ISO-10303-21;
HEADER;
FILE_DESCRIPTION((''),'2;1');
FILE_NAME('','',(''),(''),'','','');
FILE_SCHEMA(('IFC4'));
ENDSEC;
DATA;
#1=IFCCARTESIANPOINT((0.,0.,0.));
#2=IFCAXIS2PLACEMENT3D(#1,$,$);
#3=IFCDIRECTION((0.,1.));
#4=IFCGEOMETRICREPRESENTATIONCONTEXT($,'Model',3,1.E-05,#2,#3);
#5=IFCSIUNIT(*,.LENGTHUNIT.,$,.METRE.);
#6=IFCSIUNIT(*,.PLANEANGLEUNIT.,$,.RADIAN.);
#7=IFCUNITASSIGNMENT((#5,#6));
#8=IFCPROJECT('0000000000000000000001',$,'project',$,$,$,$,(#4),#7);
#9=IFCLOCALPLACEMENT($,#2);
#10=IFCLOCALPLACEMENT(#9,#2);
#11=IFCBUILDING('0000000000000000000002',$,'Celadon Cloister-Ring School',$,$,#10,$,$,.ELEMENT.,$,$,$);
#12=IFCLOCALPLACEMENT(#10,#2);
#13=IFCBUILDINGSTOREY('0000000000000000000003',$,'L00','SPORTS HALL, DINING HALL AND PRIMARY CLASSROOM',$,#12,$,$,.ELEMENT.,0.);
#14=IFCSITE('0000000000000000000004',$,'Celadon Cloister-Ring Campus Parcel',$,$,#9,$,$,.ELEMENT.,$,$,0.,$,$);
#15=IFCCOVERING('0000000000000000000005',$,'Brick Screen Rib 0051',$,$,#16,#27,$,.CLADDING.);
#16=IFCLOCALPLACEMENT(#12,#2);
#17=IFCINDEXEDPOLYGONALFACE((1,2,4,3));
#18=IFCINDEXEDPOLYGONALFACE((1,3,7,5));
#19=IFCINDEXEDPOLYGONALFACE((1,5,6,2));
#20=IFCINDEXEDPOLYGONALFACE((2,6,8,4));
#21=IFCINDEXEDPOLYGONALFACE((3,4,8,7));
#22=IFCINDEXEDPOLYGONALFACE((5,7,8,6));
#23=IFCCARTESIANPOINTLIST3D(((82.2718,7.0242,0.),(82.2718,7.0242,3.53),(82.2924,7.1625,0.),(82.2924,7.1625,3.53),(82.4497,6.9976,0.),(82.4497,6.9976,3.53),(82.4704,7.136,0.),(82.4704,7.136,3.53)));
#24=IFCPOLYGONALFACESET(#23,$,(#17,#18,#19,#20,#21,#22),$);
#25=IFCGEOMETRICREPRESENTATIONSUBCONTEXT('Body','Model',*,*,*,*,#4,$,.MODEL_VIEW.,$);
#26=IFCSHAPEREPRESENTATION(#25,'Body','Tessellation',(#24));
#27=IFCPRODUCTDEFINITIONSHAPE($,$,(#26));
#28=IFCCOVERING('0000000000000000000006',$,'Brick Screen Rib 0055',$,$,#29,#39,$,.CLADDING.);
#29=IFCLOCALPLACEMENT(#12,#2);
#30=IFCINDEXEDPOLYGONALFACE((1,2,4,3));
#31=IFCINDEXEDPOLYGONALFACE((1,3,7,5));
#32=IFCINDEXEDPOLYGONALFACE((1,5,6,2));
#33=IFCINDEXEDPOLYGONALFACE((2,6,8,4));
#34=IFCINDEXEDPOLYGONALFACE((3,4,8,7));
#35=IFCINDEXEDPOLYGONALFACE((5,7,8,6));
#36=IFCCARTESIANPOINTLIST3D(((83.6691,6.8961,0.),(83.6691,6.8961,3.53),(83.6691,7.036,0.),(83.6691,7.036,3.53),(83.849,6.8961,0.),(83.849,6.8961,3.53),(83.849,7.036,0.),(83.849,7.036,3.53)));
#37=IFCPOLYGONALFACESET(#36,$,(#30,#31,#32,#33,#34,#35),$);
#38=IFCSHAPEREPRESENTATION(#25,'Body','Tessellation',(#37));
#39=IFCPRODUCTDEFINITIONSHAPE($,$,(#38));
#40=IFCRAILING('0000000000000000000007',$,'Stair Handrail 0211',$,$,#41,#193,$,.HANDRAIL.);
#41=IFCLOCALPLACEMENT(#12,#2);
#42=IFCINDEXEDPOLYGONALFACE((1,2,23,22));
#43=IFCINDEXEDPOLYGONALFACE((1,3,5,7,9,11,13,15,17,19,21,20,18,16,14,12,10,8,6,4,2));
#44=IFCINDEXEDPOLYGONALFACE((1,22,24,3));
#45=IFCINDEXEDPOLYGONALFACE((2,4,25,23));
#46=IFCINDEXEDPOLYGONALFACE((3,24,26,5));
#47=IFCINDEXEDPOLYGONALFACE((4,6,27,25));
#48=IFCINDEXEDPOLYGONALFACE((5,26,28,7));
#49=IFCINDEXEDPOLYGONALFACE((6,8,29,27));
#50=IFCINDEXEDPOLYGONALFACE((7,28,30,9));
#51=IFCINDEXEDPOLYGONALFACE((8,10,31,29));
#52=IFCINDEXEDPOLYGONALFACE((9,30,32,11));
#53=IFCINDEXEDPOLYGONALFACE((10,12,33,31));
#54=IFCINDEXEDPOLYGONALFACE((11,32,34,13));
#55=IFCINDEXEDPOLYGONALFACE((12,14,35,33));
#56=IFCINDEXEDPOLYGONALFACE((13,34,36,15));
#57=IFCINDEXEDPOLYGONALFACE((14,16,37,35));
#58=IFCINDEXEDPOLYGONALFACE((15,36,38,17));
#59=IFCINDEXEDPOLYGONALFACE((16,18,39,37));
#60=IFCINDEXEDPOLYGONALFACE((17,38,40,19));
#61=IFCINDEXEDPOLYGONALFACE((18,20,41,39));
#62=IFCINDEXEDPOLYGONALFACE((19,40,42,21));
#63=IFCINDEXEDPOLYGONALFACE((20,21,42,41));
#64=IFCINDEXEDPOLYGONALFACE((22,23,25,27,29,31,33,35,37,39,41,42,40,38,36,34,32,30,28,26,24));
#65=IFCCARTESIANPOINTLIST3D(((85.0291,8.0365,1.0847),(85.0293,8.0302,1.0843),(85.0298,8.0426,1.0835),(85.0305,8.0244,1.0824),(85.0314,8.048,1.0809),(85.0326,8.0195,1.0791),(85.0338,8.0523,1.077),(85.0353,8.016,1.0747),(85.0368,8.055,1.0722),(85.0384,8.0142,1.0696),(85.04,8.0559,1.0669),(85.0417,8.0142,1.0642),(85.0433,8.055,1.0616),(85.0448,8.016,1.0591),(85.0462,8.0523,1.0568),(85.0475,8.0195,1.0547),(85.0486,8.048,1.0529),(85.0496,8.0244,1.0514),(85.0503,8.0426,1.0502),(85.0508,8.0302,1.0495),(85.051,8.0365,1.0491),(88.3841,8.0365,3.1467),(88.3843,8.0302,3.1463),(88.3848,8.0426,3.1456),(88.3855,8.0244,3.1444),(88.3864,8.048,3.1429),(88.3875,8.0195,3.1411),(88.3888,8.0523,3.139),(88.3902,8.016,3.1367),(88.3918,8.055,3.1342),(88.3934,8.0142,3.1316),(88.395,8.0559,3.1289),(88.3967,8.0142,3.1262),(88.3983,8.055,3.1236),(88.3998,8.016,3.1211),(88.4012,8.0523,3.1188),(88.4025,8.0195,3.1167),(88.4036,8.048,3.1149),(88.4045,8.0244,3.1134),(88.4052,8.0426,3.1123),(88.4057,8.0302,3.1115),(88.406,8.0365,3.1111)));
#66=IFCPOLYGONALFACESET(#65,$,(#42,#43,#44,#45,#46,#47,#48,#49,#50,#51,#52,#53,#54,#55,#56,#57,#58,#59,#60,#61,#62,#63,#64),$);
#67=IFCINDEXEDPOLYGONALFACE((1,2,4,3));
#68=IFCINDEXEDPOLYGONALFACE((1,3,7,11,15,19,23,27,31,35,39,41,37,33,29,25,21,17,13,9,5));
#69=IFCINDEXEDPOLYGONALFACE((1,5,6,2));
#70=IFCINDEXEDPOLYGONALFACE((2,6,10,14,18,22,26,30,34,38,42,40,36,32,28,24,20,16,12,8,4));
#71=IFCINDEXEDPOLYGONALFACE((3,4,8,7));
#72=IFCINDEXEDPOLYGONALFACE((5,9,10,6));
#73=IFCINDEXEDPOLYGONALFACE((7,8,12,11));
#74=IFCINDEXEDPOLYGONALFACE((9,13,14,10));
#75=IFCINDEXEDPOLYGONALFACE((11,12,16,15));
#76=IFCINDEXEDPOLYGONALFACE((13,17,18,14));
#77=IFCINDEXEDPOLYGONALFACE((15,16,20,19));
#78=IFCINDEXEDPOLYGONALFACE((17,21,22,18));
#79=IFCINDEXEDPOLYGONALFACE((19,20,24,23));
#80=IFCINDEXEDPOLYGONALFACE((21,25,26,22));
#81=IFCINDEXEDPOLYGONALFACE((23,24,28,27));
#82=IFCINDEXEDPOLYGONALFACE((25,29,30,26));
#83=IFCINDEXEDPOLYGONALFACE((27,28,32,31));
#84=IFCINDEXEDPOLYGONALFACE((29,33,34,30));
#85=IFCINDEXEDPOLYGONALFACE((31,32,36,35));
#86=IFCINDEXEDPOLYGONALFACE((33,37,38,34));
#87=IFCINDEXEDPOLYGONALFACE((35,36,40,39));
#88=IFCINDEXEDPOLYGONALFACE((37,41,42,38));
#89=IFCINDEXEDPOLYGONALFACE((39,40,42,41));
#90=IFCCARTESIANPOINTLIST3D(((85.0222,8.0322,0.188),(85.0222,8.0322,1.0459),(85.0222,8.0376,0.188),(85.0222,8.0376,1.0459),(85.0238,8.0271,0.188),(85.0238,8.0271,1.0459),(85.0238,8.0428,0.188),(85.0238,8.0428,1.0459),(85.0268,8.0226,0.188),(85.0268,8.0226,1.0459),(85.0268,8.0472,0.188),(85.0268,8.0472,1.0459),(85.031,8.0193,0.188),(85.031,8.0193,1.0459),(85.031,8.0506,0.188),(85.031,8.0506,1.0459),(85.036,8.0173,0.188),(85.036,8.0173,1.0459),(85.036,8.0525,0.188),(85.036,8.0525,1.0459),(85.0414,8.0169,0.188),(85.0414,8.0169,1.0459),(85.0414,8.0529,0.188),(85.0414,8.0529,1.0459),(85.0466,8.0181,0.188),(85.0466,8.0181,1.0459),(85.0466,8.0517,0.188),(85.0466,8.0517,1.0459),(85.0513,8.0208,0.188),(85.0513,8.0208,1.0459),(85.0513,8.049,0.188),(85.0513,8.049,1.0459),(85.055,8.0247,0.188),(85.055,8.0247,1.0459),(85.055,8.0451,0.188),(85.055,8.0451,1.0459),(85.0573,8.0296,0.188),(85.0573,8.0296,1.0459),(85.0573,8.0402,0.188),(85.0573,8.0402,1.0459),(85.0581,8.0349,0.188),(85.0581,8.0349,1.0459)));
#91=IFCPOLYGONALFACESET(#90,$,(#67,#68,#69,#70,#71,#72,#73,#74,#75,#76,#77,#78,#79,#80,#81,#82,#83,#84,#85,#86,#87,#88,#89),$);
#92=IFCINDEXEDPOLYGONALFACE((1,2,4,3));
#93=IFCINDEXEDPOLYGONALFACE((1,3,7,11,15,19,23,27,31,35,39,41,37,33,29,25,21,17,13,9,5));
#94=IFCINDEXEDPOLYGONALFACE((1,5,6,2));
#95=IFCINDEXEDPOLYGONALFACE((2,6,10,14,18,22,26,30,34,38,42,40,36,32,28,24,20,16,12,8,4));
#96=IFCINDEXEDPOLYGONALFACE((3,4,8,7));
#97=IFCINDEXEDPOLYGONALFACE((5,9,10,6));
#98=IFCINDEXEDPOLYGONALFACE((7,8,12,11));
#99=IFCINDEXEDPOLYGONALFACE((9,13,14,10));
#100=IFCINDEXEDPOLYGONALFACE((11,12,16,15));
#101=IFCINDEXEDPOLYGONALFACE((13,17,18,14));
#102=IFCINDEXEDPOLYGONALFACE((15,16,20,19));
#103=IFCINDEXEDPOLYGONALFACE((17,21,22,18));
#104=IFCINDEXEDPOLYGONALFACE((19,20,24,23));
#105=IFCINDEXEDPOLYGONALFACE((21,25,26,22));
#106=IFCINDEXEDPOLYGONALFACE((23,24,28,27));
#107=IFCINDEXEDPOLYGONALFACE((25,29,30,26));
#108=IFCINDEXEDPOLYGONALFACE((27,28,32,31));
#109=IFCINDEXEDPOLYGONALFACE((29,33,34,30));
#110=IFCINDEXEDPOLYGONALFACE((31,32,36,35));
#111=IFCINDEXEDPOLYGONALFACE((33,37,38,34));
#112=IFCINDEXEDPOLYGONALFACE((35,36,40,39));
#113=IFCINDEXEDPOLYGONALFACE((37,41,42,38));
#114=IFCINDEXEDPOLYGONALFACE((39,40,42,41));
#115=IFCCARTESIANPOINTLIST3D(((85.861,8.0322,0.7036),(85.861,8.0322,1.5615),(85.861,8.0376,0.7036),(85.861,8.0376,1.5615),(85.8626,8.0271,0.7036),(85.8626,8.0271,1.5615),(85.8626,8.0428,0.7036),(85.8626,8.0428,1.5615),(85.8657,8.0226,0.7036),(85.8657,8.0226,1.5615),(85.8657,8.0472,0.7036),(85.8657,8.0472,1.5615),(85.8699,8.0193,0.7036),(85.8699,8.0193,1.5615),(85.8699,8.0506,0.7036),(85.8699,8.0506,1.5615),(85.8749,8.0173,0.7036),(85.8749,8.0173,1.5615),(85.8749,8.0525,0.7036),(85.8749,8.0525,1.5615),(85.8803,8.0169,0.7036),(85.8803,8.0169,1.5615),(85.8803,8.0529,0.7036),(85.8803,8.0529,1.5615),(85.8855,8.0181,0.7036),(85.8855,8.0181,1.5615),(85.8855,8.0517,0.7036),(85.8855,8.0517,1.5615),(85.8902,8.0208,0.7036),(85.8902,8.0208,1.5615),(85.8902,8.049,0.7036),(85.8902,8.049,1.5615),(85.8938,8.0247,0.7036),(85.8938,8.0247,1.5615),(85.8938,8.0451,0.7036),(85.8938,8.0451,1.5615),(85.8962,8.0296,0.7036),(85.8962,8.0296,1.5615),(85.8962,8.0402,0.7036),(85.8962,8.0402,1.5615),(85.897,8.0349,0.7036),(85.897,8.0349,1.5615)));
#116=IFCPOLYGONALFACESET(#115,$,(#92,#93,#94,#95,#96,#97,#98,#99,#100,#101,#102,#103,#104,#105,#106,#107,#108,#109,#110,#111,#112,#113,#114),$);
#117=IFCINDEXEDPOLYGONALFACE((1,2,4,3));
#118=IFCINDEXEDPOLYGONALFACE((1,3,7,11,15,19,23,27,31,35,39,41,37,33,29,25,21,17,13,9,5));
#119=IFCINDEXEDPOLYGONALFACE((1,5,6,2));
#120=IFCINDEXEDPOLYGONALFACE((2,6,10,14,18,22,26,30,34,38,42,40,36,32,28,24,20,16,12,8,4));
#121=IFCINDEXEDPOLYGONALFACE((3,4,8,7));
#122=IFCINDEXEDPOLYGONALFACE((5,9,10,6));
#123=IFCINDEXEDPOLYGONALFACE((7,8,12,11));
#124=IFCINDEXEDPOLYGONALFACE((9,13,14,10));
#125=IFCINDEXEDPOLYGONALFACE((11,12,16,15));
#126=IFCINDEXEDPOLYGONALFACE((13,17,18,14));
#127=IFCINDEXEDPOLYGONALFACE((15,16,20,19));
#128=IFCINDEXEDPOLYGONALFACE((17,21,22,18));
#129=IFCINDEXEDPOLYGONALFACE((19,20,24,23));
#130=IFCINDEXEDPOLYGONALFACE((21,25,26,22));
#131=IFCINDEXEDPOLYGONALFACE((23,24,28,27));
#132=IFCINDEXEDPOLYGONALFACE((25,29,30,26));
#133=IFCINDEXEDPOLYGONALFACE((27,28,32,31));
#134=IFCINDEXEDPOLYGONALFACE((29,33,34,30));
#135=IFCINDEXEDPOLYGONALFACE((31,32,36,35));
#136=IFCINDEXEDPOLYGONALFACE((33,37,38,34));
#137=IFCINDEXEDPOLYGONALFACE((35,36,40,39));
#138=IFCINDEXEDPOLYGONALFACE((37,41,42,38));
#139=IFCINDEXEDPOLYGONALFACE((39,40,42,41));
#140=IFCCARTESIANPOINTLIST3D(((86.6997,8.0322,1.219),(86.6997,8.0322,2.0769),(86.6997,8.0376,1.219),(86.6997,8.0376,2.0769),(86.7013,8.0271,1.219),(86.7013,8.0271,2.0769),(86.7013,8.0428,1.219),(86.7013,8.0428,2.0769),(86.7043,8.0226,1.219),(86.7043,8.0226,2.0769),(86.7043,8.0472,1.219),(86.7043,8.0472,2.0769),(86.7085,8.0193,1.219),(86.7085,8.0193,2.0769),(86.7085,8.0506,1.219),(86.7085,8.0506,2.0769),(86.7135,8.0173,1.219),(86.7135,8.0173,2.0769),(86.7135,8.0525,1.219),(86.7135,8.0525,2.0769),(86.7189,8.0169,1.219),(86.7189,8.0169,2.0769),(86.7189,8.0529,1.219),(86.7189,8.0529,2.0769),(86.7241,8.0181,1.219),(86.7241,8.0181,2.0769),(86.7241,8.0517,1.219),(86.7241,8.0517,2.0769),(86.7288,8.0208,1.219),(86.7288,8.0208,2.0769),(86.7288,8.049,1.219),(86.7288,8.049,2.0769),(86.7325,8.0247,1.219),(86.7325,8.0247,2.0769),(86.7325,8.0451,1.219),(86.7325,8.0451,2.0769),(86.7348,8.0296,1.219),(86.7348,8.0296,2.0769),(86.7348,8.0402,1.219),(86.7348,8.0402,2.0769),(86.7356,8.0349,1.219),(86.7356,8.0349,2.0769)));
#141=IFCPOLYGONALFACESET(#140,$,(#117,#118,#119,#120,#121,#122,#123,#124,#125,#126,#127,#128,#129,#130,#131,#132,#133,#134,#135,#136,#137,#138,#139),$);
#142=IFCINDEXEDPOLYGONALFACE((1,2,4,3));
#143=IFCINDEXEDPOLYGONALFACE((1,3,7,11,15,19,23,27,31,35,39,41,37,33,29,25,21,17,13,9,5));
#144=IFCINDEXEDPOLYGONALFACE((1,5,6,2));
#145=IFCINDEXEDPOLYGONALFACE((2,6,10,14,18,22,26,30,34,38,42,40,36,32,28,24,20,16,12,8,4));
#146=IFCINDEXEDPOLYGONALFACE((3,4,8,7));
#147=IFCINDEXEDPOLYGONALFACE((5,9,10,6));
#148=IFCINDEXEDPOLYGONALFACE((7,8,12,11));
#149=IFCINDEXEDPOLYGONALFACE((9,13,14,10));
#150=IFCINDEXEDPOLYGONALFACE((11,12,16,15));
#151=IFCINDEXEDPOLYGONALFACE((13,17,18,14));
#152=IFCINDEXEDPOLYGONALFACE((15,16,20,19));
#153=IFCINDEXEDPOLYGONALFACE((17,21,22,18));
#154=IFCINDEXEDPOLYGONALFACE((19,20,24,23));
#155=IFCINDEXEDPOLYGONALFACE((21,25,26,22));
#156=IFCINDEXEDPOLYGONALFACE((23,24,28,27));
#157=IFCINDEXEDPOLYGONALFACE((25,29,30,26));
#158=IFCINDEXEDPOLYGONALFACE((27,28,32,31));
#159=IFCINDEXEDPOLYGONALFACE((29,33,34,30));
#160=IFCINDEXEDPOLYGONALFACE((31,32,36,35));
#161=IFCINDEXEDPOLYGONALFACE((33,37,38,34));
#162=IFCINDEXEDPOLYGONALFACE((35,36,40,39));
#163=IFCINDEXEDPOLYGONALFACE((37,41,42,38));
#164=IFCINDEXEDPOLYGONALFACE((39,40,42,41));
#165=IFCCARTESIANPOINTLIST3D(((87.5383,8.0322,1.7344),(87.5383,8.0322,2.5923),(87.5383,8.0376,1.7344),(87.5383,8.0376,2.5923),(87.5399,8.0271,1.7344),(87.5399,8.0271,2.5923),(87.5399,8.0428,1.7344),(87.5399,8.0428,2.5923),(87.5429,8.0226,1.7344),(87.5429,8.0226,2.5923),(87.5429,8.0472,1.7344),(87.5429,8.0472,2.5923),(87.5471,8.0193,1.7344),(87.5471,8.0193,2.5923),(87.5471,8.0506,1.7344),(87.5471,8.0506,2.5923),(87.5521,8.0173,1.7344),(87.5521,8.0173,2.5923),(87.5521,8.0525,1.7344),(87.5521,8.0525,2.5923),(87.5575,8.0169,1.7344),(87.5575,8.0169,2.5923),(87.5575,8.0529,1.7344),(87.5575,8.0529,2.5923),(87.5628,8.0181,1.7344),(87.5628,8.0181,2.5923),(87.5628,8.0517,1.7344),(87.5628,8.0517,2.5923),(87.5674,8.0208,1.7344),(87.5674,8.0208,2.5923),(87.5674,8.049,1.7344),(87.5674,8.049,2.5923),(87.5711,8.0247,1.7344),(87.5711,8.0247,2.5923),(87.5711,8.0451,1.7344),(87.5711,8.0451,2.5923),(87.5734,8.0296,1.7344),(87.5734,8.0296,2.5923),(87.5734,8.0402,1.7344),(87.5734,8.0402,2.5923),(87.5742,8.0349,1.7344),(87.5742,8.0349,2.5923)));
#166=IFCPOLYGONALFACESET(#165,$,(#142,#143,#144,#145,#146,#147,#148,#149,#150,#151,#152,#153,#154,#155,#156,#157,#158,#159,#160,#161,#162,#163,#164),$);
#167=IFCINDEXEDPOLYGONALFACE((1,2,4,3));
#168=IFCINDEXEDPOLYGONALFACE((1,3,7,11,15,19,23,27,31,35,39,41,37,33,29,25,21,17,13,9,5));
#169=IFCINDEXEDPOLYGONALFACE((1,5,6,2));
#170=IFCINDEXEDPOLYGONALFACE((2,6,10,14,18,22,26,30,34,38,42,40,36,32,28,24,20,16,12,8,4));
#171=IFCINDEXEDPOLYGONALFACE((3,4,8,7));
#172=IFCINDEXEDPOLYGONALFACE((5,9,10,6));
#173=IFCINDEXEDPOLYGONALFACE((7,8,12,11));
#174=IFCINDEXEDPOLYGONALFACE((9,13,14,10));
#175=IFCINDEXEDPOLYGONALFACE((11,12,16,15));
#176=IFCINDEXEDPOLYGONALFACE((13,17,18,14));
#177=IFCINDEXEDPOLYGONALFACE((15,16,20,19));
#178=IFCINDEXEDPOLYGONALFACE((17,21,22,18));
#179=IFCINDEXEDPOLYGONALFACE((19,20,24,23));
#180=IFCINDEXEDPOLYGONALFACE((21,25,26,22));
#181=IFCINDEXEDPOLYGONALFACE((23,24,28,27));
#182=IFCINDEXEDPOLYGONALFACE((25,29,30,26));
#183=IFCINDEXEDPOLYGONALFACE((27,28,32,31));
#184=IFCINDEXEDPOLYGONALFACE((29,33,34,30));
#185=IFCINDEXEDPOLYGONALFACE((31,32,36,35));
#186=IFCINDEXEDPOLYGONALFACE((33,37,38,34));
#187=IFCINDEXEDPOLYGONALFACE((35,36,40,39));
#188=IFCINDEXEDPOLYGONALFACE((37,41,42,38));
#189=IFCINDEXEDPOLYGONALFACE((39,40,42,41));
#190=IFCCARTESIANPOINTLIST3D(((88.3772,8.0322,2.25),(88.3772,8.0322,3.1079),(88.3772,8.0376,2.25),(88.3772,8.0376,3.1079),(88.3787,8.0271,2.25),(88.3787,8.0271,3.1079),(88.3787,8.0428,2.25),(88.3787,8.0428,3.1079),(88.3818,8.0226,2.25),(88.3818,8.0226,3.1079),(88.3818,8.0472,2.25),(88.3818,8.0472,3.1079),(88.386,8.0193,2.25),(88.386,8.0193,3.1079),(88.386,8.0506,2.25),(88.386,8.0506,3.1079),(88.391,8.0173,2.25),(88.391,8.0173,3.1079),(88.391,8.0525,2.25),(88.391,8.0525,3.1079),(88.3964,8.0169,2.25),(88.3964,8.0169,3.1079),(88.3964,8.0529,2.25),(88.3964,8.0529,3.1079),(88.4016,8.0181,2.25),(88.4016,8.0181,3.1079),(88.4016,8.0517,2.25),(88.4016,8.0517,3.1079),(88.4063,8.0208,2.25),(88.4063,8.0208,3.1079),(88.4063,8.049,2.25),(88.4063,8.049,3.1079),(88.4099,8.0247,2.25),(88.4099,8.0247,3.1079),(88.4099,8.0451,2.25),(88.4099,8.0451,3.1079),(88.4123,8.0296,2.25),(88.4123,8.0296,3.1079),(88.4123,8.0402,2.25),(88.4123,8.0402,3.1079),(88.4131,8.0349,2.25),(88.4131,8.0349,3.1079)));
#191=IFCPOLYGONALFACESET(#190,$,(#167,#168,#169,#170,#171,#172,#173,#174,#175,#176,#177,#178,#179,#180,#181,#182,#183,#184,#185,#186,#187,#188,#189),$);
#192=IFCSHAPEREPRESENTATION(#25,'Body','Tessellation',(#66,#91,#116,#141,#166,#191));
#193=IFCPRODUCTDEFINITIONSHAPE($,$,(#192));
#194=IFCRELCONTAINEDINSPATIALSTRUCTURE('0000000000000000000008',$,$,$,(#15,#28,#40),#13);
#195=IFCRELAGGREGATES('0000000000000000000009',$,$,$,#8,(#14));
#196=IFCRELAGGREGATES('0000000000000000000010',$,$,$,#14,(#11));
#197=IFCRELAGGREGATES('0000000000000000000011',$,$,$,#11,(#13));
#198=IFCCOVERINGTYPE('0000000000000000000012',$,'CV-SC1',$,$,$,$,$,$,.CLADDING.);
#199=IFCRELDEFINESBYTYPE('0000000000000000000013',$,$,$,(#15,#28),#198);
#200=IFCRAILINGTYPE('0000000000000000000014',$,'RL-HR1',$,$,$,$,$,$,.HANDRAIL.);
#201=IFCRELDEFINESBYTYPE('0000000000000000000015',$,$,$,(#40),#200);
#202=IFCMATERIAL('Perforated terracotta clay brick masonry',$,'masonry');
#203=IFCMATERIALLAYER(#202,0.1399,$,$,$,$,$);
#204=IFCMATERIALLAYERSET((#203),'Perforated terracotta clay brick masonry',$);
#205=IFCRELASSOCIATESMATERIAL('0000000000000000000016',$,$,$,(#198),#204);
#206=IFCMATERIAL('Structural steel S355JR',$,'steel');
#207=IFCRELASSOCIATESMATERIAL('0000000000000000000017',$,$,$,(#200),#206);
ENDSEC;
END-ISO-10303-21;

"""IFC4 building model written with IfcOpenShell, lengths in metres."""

from ifc_helpers import new_model, si_unit, direction, frame, origin, origin_2d, place, context, subcontext, project, spatial, rectangle, circle, extrude, material, layer, layer_set, type_object, element, save


model = new_model("IFC4")

# Units and contexts
model_context = context("Model", 3, precision=1e-05, world=origin(), true_north=direction((0.0, 1.0)))
body_context = subcontext(model_context, "Body", "Model", "MODEL_VIEW")
ifc_project = project(units=[si_unit("LENGTHUNIT", "METRE"), si_unit("PLANEANGLEUNIT", "RADIAN")], contexts=[model_context])

# Site, building, storey
site_placement = place(None, origin())
site = spatial("IfcSite", under=ifc_project, at=site_placement, Name="Celadon Cloister-Ring Campus Parcel", CompositionType="ELEMENT", RefElevation=0.0)
building_placement = place(site_placement, origin())
building = spatial("IfcBuilding", under=site, at=building_placement, Name="Celadon Cloister-Ring School", CompositionType="ELEMENT")
storey_placement = place(building_placement, origin())
storey = spatial("IfcBuildingStorey", under=building, at=storey_placement, Name="L00", Description="SPORTS HALL, DINING HALL AND PRIMARY CLASSROOM", CompositionType="ELEMENT", Elevation=0.0)

# Coverings
ifc_material_1 = material(Name="Perforated terracotta clay brick masonry", Category="masonry")
ifc_layer_1 = layer(ifc_material_1, 0.1399)
ifc_layer_set_1 = layer_set([ifc_layer_1], Name="Perforated terracotta clay brick masonry")
covering_type = type_object("IfcCoveringType", Name="CV-SC1", PredefinedType="CLADDING", material=ifc_layer_set_1)
for number, where, z_axis, x_axis, name in (
    (1, (82.3711, 7.0801, 0.0), (0.0, 0.0, 1.0), (-0.989036, 0.147671, 0.0), "Brick Screen Rib 0051"),
    (2, (83.759, 6.9661, 0.0), (0.0, 0.0, 1.0), (-1.0, 0.0, 0.0), "Brick Screen Rib 0055"),
):
    element("IfcCovering", number, at=place(storey_placement, frame(where, z_axis=z_axis, x_axis=x_axis)), inside=storey, type_object=covering_type, Name=name, PredefinedType="CLADDING", context=body_context, shape_type="SweptSolid", body=[
        extrude(rectangle(XDim=0.1799, YDim=0.1399, at=origin_2d()), origin(), (0.0, 0.0, 1.0), 3.53),
    ])

# Railing
ifc_material_2 = material(Name="Structural steel S355JR", Category="steel")
railing_type = type_object("IfcRailingType", Name="RL-HR1", PredefinedType="HANDRAIL", material=ifc_material_2)
for number, where, name in (
    (3, (85.04, 8.0349, 0.188), "Stair Handrail 0211"),
):
    element("IfcRailing", number, at=place(storey_placement, frame(where)), inside=storey, type_object=railing_type, Name=name, PredefinedType="HANDRAIL", context=body_context, shape_type="SweptSolid", body=[
        extrude(circle(Radius=0.021, at=origin_2d()), frame((0.0, 0.0, 0.8789), z_axis=(0.851952, 0.0, 0.52362), x_axis=(0.0, 1.0, 0.0)), (0.0, 0.0, 1.0), 3.938),
        extrude(circle(Radius=0.0181, at=origin_2d()), origin(), (0.0, 0.0, 1.0), 0.8579),
        extrude(circle(Radius=0.0181, at=origin_2d()), frame((0.8389, 0.0, 0.5156)), (0.0, 0.0, 1.0), 0.8579),
        extrude(circle(Radius=0.0181, at=origin_2d()), frame((1.6775, 0.0, 1.031)), (0.0, 0.0, 1.0), 0.8579),
        extrude(circle(Radius=0.0181, at=origin_2d()), frame((2.5161, 0.0, 1.5464)), (0.0, 0.0, 1.0), 0.8579),
        extrude(circle(Radius=0.0181, at=origin_2d()), frame((3.355, 0.0, 2.062)), (0.0, 0.0, 1.0), 0.8579),
    ])

save(model, "model.ifc")
